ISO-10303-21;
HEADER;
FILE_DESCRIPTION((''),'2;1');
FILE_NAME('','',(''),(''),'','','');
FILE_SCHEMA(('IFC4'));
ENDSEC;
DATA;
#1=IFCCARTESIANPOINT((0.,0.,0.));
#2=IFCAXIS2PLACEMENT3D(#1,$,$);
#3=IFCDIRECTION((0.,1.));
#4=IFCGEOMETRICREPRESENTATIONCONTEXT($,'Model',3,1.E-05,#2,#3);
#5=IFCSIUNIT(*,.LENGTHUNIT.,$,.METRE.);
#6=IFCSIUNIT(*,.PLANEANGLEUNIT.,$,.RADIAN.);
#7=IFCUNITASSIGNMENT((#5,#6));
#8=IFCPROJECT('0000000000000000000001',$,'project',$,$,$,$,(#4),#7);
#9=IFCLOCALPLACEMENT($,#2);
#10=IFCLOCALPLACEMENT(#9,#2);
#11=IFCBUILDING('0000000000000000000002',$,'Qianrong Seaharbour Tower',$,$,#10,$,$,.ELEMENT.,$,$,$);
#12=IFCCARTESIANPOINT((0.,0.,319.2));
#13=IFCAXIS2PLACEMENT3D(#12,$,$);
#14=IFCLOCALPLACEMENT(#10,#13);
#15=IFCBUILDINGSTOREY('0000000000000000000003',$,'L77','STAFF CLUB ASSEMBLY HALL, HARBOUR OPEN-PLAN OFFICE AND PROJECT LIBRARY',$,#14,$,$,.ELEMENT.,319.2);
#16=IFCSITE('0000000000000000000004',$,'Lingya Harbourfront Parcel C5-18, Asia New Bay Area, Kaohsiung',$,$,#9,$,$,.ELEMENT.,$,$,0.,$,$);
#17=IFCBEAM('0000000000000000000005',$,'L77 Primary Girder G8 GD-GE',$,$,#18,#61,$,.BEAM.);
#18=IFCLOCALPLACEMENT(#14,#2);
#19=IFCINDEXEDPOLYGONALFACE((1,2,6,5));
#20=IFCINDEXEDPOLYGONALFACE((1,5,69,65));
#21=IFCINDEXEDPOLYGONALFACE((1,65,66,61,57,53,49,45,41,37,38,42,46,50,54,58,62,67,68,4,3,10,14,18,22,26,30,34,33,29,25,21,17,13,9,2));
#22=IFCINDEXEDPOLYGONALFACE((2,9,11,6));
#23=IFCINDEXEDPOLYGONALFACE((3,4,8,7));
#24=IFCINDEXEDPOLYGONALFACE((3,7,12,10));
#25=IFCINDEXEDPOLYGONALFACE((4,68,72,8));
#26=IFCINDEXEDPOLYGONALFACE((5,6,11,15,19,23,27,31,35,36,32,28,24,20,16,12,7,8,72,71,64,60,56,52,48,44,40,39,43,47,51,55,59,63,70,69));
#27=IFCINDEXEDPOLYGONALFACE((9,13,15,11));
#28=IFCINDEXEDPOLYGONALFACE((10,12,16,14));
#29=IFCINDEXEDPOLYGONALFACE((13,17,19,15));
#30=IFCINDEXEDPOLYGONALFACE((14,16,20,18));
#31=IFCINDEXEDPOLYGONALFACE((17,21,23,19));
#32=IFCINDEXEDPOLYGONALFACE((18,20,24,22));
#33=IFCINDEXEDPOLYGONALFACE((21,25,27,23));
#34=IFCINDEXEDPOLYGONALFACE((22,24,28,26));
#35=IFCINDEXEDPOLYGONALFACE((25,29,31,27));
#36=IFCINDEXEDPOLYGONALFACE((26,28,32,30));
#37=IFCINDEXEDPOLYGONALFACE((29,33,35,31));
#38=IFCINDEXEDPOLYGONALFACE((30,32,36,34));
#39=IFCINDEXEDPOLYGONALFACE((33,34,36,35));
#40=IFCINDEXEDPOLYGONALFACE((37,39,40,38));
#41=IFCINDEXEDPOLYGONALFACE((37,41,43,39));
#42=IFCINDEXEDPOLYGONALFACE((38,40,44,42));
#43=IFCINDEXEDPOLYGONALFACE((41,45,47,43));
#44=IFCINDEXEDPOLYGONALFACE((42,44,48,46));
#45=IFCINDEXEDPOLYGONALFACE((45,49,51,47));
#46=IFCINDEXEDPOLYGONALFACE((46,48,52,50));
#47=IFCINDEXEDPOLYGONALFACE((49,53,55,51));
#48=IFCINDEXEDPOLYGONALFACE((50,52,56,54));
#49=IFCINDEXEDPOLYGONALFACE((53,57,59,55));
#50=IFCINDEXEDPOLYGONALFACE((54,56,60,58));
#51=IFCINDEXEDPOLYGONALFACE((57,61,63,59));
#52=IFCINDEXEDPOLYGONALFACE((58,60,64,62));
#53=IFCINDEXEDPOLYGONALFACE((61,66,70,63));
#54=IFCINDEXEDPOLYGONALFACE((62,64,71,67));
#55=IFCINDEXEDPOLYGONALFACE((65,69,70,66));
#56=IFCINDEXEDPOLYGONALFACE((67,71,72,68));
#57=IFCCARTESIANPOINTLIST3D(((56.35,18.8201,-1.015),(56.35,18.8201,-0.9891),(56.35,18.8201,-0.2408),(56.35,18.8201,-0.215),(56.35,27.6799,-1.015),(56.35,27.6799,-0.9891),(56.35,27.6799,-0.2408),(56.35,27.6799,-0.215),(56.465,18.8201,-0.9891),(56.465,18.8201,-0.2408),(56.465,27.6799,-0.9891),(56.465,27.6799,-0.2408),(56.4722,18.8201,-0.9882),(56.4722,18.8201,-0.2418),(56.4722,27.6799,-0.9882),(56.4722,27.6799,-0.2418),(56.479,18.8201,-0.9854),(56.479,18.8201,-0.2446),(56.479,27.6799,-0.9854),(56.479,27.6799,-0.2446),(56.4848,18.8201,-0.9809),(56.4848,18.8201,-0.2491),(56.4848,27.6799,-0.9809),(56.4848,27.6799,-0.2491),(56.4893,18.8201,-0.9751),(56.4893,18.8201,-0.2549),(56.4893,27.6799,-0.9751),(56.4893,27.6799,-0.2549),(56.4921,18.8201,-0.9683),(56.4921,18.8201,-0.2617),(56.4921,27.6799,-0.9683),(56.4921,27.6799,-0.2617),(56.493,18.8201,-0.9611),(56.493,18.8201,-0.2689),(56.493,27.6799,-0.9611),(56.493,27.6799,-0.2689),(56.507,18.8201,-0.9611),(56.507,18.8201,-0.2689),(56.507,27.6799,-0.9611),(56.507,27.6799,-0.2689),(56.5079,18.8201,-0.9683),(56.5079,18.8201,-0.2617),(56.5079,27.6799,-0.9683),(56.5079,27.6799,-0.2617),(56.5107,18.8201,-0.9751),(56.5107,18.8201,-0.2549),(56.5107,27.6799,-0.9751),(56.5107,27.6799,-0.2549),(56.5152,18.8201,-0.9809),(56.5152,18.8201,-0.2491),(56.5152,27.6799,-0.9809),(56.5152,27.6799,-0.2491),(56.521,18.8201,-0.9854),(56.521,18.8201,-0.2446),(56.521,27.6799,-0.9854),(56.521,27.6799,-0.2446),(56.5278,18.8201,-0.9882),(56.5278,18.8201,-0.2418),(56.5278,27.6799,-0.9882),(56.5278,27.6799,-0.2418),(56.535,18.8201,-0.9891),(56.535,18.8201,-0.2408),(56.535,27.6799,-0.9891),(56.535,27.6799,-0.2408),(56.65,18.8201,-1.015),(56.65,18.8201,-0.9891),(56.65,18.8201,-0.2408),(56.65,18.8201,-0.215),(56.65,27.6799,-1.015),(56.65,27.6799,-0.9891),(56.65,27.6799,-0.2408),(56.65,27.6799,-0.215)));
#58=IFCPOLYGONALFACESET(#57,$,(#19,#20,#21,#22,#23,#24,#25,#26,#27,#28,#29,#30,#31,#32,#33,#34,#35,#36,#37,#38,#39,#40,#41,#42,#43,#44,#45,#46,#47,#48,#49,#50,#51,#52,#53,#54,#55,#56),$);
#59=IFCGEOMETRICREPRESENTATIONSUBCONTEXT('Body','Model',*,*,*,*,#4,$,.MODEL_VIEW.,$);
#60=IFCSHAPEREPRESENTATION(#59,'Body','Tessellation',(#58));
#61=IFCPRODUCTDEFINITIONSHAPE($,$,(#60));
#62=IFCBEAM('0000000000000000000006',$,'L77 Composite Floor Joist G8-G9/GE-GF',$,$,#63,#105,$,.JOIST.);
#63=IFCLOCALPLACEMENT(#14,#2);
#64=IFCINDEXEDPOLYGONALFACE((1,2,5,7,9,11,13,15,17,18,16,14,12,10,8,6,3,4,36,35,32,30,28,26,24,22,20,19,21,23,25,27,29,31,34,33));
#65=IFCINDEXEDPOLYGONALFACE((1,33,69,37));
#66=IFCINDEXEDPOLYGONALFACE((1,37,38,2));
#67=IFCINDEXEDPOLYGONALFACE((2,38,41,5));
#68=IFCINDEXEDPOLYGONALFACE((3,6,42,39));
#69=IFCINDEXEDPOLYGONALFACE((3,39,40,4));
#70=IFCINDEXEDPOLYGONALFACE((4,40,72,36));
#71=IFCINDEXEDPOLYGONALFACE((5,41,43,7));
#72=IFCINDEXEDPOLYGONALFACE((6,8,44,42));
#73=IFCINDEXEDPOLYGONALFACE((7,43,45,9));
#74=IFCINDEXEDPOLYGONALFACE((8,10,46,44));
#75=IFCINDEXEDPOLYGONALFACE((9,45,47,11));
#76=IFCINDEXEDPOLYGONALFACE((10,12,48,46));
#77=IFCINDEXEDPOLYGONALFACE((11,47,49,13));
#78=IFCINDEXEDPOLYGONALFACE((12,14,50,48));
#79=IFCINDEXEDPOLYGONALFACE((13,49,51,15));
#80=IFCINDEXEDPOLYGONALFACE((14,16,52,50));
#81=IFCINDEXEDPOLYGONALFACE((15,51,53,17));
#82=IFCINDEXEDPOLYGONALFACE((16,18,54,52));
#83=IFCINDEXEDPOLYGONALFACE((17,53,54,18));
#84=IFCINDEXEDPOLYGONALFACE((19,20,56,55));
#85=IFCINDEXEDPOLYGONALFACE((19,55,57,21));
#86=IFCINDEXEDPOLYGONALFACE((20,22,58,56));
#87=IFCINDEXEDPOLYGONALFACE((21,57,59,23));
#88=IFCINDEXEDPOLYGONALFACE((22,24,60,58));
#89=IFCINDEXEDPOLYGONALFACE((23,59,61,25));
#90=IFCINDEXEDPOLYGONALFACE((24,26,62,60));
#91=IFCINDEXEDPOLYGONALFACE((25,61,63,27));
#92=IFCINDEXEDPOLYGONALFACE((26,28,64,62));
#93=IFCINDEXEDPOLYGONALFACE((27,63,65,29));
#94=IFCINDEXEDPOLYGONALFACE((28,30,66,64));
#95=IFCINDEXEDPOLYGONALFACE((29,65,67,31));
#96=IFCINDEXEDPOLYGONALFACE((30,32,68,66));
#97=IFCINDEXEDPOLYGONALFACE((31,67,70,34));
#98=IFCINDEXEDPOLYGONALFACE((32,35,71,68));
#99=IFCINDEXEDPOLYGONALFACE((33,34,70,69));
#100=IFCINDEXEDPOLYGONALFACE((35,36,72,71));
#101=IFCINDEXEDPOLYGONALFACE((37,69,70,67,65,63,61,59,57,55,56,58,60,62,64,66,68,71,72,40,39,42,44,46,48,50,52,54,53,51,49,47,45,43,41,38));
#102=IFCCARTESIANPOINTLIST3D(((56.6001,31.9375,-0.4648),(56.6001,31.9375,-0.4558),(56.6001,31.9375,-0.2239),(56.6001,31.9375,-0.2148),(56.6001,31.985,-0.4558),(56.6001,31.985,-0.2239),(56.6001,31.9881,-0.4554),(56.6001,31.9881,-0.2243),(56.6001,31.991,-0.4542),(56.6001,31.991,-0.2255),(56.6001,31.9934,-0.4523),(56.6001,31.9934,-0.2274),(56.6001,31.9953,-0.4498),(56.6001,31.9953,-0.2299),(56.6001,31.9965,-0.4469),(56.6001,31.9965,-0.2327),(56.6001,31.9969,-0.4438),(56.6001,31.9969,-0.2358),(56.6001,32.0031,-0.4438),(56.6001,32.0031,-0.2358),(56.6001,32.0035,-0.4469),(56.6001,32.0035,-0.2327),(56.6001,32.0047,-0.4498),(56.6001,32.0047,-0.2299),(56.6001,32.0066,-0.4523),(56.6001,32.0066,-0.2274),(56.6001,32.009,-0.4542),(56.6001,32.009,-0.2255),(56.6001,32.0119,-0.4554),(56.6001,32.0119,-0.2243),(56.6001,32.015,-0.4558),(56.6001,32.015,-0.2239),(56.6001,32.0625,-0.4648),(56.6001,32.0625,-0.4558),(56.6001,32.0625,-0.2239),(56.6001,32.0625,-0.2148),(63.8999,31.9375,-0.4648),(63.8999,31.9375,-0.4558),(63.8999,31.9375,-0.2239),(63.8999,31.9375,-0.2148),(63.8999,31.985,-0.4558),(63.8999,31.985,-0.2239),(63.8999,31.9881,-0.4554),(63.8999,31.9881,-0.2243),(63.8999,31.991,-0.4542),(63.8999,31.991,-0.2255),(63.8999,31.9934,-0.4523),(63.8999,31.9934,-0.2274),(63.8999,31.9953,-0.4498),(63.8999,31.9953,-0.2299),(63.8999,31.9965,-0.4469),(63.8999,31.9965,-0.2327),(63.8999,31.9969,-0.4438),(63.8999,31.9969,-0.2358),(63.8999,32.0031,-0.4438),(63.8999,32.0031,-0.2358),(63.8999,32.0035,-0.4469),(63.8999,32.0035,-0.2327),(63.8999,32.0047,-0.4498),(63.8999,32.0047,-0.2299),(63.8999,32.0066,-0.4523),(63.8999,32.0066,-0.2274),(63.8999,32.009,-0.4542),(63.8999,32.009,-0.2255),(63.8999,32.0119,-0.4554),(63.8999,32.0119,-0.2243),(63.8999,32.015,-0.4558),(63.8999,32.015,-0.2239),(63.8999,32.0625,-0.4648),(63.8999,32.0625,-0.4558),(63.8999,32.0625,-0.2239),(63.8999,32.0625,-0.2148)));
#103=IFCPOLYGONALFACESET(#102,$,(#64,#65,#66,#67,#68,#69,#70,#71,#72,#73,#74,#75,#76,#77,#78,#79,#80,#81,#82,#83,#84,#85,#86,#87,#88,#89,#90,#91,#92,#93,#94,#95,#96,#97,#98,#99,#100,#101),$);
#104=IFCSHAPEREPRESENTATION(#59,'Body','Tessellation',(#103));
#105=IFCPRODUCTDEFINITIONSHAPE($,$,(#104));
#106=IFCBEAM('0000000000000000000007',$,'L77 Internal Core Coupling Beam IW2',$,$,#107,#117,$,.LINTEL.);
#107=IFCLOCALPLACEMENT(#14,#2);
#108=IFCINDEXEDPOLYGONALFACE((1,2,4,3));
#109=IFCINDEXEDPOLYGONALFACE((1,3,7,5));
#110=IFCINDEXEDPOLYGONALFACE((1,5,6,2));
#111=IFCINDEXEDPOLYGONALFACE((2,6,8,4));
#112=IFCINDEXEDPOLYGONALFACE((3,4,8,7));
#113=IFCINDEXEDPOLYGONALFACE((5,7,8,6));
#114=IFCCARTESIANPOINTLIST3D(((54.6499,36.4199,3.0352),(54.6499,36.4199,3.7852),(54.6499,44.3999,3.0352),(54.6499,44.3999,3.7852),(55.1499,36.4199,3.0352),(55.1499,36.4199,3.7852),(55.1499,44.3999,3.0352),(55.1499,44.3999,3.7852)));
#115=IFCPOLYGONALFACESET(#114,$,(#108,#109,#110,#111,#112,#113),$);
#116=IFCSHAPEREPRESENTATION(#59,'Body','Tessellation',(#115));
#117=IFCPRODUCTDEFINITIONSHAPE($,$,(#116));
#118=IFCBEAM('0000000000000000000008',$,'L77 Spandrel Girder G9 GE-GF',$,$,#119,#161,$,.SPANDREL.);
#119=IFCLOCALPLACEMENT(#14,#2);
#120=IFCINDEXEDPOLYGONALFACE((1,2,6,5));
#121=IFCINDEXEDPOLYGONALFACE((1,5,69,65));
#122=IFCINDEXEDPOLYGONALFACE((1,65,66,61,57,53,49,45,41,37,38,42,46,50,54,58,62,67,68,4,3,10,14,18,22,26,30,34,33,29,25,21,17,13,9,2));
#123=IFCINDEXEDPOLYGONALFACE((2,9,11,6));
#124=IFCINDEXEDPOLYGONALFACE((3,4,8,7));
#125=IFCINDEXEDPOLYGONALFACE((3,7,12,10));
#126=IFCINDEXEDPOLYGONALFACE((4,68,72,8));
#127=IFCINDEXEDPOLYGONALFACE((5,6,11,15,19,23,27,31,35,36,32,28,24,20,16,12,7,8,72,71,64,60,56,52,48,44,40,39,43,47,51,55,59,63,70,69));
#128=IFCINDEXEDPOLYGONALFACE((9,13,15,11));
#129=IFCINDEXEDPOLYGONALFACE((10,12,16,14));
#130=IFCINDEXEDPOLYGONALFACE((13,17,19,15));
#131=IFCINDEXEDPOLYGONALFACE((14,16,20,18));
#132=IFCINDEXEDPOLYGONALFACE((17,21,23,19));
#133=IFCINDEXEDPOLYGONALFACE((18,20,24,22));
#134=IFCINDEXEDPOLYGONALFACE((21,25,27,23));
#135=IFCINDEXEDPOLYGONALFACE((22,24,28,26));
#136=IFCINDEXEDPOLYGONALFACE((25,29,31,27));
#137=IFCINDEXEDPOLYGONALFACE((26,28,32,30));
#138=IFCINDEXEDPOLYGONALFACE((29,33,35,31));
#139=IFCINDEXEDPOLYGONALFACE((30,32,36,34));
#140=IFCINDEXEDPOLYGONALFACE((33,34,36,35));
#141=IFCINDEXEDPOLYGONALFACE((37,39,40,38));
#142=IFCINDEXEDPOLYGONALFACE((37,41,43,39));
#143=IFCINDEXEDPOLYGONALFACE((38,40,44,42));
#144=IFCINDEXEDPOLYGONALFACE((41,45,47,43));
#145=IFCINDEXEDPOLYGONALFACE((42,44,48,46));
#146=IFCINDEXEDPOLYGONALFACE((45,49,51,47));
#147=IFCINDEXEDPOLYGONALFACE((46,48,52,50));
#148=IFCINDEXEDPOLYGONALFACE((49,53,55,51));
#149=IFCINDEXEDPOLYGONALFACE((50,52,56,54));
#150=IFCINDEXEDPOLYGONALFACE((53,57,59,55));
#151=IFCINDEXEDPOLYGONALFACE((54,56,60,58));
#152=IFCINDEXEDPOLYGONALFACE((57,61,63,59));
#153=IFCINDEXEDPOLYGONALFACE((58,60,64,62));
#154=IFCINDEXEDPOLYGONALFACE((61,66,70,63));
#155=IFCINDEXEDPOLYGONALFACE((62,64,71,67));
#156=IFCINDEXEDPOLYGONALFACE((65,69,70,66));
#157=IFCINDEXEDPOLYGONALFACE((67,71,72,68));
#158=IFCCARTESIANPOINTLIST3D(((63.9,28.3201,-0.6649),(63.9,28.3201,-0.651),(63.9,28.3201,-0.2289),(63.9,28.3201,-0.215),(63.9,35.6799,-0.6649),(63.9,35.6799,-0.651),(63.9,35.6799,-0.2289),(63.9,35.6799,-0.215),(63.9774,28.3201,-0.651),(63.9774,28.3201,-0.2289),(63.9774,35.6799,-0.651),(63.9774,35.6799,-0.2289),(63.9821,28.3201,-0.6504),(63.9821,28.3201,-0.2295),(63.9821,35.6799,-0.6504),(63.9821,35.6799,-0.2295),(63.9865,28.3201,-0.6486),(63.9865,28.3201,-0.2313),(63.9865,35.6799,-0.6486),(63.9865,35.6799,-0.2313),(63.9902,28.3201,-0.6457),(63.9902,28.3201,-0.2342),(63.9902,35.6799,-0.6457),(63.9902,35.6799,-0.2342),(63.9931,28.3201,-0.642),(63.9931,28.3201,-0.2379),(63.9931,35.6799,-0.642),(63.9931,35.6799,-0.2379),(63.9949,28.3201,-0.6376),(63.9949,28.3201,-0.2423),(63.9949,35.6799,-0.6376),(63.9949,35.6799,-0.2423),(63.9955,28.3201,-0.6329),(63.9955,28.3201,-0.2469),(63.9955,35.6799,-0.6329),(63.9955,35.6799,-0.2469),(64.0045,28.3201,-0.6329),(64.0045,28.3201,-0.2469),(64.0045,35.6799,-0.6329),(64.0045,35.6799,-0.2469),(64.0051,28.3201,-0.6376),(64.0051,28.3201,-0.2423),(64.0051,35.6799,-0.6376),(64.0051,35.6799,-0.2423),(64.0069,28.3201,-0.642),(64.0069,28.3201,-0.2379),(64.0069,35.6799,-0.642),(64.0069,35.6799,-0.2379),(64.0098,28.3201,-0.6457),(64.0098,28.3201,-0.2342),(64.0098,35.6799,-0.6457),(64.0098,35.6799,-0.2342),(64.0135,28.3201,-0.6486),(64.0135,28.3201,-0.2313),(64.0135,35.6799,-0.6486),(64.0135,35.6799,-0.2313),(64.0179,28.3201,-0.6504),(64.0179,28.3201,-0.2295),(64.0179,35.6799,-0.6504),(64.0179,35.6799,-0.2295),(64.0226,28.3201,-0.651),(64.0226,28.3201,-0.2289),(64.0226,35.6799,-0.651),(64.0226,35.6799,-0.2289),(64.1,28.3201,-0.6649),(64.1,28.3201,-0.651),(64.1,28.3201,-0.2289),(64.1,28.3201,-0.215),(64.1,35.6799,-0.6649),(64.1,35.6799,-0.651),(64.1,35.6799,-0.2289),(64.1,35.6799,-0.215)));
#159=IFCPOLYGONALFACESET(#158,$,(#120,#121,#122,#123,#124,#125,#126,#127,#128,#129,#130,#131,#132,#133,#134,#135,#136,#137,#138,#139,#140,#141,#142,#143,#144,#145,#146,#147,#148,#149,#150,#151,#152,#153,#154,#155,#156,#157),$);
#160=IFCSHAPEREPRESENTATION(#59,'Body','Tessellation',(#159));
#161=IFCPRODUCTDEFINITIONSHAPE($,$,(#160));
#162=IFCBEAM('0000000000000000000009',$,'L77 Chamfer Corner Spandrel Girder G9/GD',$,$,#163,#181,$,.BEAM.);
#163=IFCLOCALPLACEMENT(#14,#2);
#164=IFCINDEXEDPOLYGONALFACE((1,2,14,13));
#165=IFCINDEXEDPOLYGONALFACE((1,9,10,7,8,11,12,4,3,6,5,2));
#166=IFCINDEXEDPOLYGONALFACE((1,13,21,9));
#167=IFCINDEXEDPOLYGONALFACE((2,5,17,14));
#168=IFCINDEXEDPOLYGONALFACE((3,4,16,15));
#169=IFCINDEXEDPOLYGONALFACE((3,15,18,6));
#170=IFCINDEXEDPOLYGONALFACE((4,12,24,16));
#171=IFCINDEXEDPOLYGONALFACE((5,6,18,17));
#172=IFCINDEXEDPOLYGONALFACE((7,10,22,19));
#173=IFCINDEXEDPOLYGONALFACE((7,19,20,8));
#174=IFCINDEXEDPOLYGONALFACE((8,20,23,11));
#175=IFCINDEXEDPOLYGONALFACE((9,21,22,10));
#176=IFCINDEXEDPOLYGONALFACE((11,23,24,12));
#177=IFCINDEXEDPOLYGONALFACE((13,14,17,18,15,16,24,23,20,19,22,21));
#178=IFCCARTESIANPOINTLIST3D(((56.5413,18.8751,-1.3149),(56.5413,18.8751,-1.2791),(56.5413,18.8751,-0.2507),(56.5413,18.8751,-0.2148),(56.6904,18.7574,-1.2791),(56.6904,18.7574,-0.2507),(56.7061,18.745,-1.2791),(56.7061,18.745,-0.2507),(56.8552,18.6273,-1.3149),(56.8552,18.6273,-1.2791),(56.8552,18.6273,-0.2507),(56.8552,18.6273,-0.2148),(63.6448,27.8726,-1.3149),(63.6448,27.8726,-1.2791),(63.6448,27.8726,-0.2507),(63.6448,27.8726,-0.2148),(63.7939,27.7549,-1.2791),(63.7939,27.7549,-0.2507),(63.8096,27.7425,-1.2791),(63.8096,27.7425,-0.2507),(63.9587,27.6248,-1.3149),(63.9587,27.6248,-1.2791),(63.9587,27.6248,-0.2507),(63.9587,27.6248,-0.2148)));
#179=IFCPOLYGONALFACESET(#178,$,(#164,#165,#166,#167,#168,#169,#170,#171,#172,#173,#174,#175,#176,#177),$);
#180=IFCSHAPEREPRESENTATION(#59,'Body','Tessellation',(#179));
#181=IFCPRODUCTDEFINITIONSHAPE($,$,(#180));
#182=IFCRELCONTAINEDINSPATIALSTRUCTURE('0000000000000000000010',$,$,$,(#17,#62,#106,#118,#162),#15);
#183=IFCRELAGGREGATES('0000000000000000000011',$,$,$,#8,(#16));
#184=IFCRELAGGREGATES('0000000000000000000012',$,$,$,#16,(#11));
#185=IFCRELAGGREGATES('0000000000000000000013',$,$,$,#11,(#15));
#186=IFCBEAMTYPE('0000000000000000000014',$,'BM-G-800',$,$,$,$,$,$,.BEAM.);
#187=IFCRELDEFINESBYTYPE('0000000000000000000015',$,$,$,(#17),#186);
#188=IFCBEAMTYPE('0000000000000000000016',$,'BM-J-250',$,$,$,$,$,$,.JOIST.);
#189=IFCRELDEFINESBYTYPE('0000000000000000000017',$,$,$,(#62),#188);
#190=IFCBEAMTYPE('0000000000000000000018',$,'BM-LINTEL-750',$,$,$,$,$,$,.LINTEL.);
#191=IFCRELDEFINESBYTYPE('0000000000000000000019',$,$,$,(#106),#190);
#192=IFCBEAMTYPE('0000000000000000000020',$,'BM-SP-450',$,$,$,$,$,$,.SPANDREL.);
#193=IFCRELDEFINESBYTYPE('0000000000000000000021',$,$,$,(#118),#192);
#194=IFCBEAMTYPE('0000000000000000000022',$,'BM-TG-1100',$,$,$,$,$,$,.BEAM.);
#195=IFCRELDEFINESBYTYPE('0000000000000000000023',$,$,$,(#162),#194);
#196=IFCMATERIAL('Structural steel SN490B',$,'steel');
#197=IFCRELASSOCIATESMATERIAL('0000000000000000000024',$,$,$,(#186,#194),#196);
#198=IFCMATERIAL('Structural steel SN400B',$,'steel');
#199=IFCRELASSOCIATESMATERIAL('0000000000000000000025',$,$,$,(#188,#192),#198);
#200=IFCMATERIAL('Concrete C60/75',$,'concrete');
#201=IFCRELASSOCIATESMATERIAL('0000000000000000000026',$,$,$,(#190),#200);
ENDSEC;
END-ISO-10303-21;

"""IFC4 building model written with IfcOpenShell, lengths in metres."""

from ifc_helpers import new_model, si_unit, direction, frame, origin, origin_2d, place, context, subcontext, project, spatial, rectangle, i_section, extrude, material, material_profile, profile_set, type_object, element, save


model = new_model("IFC4")

# Units and contexts
model_context = context("Model", 3, precision=1e-05, world=origin(), true_north=direction((0.0, 1.0)))
body_context = subcontext(model_context, "Body", "Model", "MODEL_VIEW")
ifc_project = project(units=[si_unit("LENGTHUNIT", "METRE"), si_unit("PLANEANGLEUNIT", "RADIAN")], contexts=[model_context])

# Site, building, storey
site_placement = place(None, origin())
site = spatial("IfcSite", under=ifc_project, at=site_placement, Name="Lingya Harbourfront Parcel C5-18, Asia New Bay Area, Kaohsiung", CompositionType="ELEMENT", RefElevation=0.0)
building_placement = place(site_placement, origin())
building = spatial("IfcBuilding", under=site, at=building_placement, Name="Qianrong Seaharbour Tower", CompositionType="ELEMENT")
storey_placement = place(building_placement, frame((0.0, 0.0, 319.2)))
storey = spatial("IfcBuildingStorey", under=building, at=storey_placement, Name="L77", Description="STAFF CLUB ASSEMBLY HALL, HARBOUR OPEN-PLAN OFFICE AND PROJECT LIBRARY", CompositionType="ELEMENT", Elevation=319.2)

# Shared definitions
ifc_material_1 = material(Name="Structural steel SN490B", Category="steel")
ifc_material_2 = material(Name="Structural steel SN400B", Category="steel")

# Beams
ifc_material_profile_1 = material_profile(ifc_material_1, i_section(OverallWidth=0.3, OverallDepth=0.8, WebThickness=0.0139, FlangeThickness=0.0259, FilletRadius=0.0281, at=origin_2d()), Name="H800x300x14x26")
ifc_profile_set_1 = profile_set([ifc_material_profile_1], Name="Structural steel SN490B")
beam_type_1 = type_object("IfcBeamType", Name="BM-G-800", PredefinedType="BEAM", material=ifc_profile_set_1)
beam_1_placement = place(storey_placement, frame((56.5, 18.8201, -0.615), z_axis=(0.0, 1.0, 0.0), x_axis=(-1.0, 0.0, 0.0)))
element("IfcBeam", 1, at=beam_1_placement, inside=storey, type_object=beam_type_1, Name="L77 Primary Girder G8 GD-GE", PredefinedType="BEAM", context=body_context, shape_type="SweptSolid", body=[
    extrude(i_section(OverallWidth=0.3, OverallDepth=0.8, WebThickness=0.0139, FlangeThickness=0.0259, FilletRadius=0.0281, at=origin_2d()), origin(), (0.0, 0.0, 1.0), 8.8599),
])
ifc_material_profile_2 = material_profile(ifc_material_2, i_section(OverallWidth=0.125, OverallDepth=0.25, WebThickness=0.0061, FlangeThickness=0.009, FilletRadius=0.012, at=origin_2d()), Name="H250x125x6x9")
ifc_profile_set_2 = profile_set([ifc_material_profile_2], Name="Structural steel SN400B")
beam_type_2 = type_object("IfcBeamType", Name="BM-J-250", PredefinedType="JOIST", material=ifc_profile_set_2)
beam_2_placement = place(storey_placement, frame((56.6001, 32.0, -0.3398), z_axis=(1.0, 0.0, 0.0), x_axis=(0.0, 1.0, 0.0)))
element("IfcBeam", 2, at=beam_2_placement, inside=storey, type_object=beam_type_2, Name="L77 Composite Floor Joist G8-G9/GE-GF", PredefinedType="JOIST", context=body_context, shape_type="SweptSolid", body=[
    extrude(i_section(OverallWidth=0.125, OverallDepth=0.25, WebThickness=0.0061, FlangeThickness=0.009, FilletRadius=0.012, at=origin_2d()), origin(), (0.0, 0.0, 1.0), 7.2998),
])
ifc_material_3 = material(Name="Concrete C60/75", Category="concrete")
ifc_material_profile_3 = material_profile(ifc_material_3, rectangle(XDim=0.5, YDim=0.75, at=origin_2d()), Name="RC500x750")
ifc_profile_set_3 = profile_set([ifc_material_profile_3], Name="Concrete C60/75")
beam_type_3 = type_object("IfcBeamType", Name="BM-LINTEL-750", PredefinedType="LINTEL", material=ifc_profile_set_3)
beam_3_placement = place(storey_placement, frame((54.8999, 36.4199, 3.4102), z_axis=(0.0, 1.0, 0.0), x_axis=(-1.0, 0.0, 0.0)))
element("IfcBeam", 3, at=beam_3_placement, inside=storey, type_object=beam_type_3, Name="L77 Internal Core Coupling Beam IW2", PredefinedType="LINTEL", context=body_context, shape_type="SweptSolid", body=[
    extrude(rectangle(XDim=0.5, YDim=0.75, at=origin_2d()), origin(), (0.0, 0.0, 1.0), 7.98),
])
ifc_material_profile_4 = material_profile(ifc_material_2, i_section(OverallWidth=0.2, OverallDepth=0.45, WebThickness=0.009, FlangeThickness=0.0139, FilletRadius=0.0181, at=origin_2d()), Name="H450x200x9x14")
ifc_profile_set_4 = profile_set([ifc_material_profile_4], Name="Structural steel SN400B")
beam_type_4 = type_object("IfcBeamType", Name="BM-SP-450", PredefinedType="SPANDREL", material=ifc_profile_set_4)
beam_4_placement = place(storey_placement, frame((64.0, 28.3201, -0.4399), z_axis=(0.0, 1.0, 0.0), x_axis=(-1.0, 0.0, 0.0)))
element("IfcBeam", 4, at=beam_4_placement, inside=storey, type_object=beam_type_4, Name="L77 Spandrel Girder G9 GE-GF", PredefinedType="SPANDREL", context=body_context, shape_type="SweptSolid", body=[
    extrude(i_section(OverallWidth=0.2, OverallDepth=0.45, WebThickness=0.009, FlangeThickness=0.0139, FilletRadius=0.0181, at=origin_2d()), origin(), (0.0, 0.0, 1.0), 7.3599),
])
ifc_material_profile_5 = material_profile(ifc_material_1, i_section(OverallWidth=0.3999, OverallDepth=1.1001, WebThickness=0.02, FlangeThickness=0.0359, at=origin_2d()), Name="BH1100x400x20x36")
ifc_profile_set_5 = profile_set([ifc_material_profile_5], Name="Structural steel SN490B")
beam_type_5 = type_object("IfcBeamType", Name="BM-TG-1100", PredefinedType="BEAM", material=ifc_profile_set_5)
beam_5_placement = place(storey_placement, frame((56.6982, 18.7512, -0.7649), z_axis=(0.619654, 0.784875, 0.0), x_axis=(-0.784875, 0.619654, 0.0)))
element("IfcBeam", 5, at=beam_5_placement, inside=storey, type_object=beam_type_5, Name="L77 Chamfer Corner Spandrel Girder G9/GD", PredefinedType="BEAM", context=body_context, shape_type="SweptSolid", body=[
    extrude(i_section(OverallWidth=0.3999, OverallDepth=1.1001, WebThickness=0.02, FlangeThickness=0.0359, at=origin_2d()), origin(), (0.0, 0.0, 1.0), 11.4636),
])

save(model, "model.ifc")
